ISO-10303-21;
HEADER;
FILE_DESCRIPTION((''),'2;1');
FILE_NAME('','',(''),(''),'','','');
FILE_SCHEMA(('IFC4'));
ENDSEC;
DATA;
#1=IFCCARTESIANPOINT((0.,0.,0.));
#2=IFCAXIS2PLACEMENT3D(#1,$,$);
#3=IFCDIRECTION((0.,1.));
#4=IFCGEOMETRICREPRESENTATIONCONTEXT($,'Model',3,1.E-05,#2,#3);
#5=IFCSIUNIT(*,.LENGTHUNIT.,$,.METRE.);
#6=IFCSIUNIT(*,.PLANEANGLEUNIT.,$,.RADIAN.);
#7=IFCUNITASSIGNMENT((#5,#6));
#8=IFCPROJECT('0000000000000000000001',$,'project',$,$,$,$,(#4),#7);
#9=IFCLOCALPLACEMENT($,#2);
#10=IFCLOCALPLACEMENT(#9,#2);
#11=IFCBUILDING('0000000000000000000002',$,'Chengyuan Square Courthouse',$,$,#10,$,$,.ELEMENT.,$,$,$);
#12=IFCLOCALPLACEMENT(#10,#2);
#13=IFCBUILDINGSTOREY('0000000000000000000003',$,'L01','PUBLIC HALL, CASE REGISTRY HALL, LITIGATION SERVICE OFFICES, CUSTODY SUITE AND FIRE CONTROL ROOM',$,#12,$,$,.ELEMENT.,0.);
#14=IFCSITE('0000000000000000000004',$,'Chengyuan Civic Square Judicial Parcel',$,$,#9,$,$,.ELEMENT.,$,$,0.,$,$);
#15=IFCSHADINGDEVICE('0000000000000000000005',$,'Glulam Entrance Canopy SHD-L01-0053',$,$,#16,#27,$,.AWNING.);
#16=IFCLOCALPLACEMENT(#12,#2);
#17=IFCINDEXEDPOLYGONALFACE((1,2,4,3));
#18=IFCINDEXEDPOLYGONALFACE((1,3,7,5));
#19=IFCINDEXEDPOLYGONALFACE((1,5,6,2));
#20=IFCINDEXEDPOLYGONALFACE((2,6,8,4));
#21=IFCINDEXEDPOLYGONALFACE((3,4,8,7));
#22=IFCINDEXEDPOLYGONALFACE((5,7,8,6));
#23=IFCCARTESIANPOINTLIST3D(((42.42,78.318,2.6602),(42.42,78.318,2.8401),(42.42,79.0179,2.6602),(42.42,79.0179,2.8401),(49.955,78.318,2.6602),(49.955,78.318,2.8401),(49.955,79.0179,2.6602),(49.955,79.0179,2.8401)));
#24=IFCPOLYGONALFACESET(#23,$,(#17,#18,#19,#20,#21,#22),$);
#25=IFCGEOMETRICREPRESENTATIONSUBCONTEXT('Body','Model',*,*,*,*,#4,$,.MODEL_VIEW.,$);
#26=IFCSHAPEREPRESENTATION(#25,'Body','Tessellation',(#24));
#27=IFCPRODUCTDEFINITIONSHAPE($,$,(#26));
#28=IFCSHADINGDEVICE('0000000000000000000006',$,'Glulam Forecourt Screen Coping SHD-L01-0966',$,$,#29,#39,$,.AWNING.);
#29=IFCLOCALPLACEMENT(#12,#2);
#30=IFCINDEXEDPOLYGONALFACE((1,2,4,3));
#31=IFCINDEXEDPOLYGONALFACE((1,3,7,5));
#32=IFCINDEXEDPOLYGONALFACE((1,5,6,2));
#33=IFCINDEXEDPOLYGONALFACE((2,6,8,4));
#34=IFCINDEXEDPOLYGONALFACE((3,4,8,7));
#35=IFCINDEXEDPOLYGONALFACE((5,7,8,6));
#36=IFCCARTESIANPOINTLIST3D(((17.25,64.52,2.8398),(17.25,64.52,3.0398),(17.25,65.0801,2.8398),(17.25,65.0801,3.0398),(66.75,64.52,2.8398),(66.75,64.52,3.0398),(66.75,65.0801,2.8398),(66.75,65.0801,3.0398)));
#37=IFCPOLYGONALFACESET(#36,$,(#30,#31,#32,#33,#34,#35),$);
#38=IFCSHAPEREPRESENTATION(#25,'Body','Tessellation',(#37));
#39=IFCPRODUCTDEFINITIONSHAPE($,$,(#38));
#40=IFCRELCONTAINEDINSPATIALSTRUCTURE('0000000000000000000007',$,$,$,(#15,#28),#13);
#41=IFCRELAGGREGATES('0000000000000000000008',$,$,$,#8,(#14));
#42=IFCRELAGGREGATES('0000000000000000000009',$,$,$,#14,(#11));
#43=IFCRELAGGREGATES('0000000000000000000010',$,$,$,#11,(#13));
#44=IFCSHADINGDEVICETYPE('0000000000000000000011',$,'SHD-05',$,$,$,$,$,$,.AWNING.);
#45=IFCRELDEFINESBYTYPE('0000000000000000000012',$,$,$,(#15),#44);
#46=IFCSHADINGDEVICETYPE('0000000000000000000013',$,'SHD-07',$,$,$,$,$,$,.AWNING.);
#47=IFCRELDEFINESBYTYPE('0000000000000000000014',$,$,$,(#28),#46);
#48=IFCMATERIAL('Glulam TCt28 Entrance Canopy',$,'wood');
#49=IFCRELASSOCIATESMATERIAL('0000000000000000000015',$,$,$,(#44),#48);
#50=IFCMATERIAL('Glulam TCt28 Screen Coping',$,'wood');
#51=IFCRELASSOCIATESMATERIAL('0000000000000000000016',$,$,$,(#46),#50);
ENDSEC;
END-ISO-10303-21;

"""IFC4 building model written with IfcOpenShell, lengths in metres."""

from ifc_helpers import new_model, si_unit, direction, frame, origin, origin_2d, place, context, subcontext, project, spatial, rectangle, extrude, material, type_object, element, save


model = new_model("IFC4")

# Units and contexts
model_context = context("Model", 3, precision=1e-05, world=origin(), true_north=direction((0.0, 1.0)))
body_context = subcontext(model_context, "Body", "Model", "MODEL_VIEW")
ifc_project = project(units=[si_unit("LENGTHUNIT", "METRE"), si_unit("PLANEANGLEUNIT", "RADIAN")], contexts=[model_context])

# Site, building, storey
site_placement = place(None, origin())
site = spatial("IfcSite", under=ifc_project, at=site_placement, Name="Chengyuan Civic Square Judicial Parcel", CompositionType="ELEMENT", RefElevation=0.0)
building_placement = place(site_placement, origin())
building = spatial("IfcBuilding", under=site, at=building_placement, Name="Chengyuan Square Courthouse", CompositionType="ELEMENT")
storey_placement = place(building_placement, origin())
storey = spatial("IfcBuildingStorey", under=building, at=storey_placement, Name="L01", Description="PUBLIC HALL, CASE REGISTRY HALL, LITIGATION SERVICE OFFICES, CUSTODY SUITE AND FIRE CONTROL ROOM", CompositionType="ELEMENT", Elevation=0.0)

# Shading devices
ifc_material_1 = material(Name="Glulam TCt28 Entrance Canopy", Category="wood")
shading_device_type_1 = type_object("IfcShadingDeviceType", Name="SHD-05", PredefinedType="AWNING", material=ifc_material_1)
shading_device_1_placement = place(storey_placement, frame((46.1875, 78.668, 2.6602), z_axis=(0.0, 0.0, 1.0), x_axis=(1.0, 0.0, 0.0)))
element("IfcShadingDevice", 1, at=shading_device_1_placement, inside=storey, type_object=shading_device_type_1, Name="Glulam Entrance Canopy SHD-L01-0053", PredefinedType="AWNING", context=body_context, shape_type="SweptSolid", body=[
    extrude(rectangle(XDim=7.5349, YDim=0.7, at=origin_2d()), origin(), (0.0, 0.0, 1.0), 0.1799),
])
ifc_material_2 = material(Name="Glulam TCt28 Screen Coping", Category="wood")
shading_device_type_2 = type_object("IfcShadingDeviceType", Name="SHD-07", PredefinedType="AWNING", material=ifc_material_2)
shading_device_2_placement = place(storey_placement, frame((42.0, 64.8, 2.8398), z_axis=(0.0, 0.0, 1.0), x_axis=(1.0, 0.0, 0.0)))
element("IfcShadingDevice", 2, at=shading_device_2_placement, inside=storey, type_object=shading_device_type_2, Name="Glulam Forecourt Screen Coping SHD-L01-0966", PredefinedType="AWNING", context=body_context, shape_type="SweptSolid", body=[
    extrude(rectangle(XDim=49.5, YDim=0.5601, at=origin_2d()), origin(), (0.0, 0.0, 1.0), 0.2),
])

save(model, "model.ifc")
